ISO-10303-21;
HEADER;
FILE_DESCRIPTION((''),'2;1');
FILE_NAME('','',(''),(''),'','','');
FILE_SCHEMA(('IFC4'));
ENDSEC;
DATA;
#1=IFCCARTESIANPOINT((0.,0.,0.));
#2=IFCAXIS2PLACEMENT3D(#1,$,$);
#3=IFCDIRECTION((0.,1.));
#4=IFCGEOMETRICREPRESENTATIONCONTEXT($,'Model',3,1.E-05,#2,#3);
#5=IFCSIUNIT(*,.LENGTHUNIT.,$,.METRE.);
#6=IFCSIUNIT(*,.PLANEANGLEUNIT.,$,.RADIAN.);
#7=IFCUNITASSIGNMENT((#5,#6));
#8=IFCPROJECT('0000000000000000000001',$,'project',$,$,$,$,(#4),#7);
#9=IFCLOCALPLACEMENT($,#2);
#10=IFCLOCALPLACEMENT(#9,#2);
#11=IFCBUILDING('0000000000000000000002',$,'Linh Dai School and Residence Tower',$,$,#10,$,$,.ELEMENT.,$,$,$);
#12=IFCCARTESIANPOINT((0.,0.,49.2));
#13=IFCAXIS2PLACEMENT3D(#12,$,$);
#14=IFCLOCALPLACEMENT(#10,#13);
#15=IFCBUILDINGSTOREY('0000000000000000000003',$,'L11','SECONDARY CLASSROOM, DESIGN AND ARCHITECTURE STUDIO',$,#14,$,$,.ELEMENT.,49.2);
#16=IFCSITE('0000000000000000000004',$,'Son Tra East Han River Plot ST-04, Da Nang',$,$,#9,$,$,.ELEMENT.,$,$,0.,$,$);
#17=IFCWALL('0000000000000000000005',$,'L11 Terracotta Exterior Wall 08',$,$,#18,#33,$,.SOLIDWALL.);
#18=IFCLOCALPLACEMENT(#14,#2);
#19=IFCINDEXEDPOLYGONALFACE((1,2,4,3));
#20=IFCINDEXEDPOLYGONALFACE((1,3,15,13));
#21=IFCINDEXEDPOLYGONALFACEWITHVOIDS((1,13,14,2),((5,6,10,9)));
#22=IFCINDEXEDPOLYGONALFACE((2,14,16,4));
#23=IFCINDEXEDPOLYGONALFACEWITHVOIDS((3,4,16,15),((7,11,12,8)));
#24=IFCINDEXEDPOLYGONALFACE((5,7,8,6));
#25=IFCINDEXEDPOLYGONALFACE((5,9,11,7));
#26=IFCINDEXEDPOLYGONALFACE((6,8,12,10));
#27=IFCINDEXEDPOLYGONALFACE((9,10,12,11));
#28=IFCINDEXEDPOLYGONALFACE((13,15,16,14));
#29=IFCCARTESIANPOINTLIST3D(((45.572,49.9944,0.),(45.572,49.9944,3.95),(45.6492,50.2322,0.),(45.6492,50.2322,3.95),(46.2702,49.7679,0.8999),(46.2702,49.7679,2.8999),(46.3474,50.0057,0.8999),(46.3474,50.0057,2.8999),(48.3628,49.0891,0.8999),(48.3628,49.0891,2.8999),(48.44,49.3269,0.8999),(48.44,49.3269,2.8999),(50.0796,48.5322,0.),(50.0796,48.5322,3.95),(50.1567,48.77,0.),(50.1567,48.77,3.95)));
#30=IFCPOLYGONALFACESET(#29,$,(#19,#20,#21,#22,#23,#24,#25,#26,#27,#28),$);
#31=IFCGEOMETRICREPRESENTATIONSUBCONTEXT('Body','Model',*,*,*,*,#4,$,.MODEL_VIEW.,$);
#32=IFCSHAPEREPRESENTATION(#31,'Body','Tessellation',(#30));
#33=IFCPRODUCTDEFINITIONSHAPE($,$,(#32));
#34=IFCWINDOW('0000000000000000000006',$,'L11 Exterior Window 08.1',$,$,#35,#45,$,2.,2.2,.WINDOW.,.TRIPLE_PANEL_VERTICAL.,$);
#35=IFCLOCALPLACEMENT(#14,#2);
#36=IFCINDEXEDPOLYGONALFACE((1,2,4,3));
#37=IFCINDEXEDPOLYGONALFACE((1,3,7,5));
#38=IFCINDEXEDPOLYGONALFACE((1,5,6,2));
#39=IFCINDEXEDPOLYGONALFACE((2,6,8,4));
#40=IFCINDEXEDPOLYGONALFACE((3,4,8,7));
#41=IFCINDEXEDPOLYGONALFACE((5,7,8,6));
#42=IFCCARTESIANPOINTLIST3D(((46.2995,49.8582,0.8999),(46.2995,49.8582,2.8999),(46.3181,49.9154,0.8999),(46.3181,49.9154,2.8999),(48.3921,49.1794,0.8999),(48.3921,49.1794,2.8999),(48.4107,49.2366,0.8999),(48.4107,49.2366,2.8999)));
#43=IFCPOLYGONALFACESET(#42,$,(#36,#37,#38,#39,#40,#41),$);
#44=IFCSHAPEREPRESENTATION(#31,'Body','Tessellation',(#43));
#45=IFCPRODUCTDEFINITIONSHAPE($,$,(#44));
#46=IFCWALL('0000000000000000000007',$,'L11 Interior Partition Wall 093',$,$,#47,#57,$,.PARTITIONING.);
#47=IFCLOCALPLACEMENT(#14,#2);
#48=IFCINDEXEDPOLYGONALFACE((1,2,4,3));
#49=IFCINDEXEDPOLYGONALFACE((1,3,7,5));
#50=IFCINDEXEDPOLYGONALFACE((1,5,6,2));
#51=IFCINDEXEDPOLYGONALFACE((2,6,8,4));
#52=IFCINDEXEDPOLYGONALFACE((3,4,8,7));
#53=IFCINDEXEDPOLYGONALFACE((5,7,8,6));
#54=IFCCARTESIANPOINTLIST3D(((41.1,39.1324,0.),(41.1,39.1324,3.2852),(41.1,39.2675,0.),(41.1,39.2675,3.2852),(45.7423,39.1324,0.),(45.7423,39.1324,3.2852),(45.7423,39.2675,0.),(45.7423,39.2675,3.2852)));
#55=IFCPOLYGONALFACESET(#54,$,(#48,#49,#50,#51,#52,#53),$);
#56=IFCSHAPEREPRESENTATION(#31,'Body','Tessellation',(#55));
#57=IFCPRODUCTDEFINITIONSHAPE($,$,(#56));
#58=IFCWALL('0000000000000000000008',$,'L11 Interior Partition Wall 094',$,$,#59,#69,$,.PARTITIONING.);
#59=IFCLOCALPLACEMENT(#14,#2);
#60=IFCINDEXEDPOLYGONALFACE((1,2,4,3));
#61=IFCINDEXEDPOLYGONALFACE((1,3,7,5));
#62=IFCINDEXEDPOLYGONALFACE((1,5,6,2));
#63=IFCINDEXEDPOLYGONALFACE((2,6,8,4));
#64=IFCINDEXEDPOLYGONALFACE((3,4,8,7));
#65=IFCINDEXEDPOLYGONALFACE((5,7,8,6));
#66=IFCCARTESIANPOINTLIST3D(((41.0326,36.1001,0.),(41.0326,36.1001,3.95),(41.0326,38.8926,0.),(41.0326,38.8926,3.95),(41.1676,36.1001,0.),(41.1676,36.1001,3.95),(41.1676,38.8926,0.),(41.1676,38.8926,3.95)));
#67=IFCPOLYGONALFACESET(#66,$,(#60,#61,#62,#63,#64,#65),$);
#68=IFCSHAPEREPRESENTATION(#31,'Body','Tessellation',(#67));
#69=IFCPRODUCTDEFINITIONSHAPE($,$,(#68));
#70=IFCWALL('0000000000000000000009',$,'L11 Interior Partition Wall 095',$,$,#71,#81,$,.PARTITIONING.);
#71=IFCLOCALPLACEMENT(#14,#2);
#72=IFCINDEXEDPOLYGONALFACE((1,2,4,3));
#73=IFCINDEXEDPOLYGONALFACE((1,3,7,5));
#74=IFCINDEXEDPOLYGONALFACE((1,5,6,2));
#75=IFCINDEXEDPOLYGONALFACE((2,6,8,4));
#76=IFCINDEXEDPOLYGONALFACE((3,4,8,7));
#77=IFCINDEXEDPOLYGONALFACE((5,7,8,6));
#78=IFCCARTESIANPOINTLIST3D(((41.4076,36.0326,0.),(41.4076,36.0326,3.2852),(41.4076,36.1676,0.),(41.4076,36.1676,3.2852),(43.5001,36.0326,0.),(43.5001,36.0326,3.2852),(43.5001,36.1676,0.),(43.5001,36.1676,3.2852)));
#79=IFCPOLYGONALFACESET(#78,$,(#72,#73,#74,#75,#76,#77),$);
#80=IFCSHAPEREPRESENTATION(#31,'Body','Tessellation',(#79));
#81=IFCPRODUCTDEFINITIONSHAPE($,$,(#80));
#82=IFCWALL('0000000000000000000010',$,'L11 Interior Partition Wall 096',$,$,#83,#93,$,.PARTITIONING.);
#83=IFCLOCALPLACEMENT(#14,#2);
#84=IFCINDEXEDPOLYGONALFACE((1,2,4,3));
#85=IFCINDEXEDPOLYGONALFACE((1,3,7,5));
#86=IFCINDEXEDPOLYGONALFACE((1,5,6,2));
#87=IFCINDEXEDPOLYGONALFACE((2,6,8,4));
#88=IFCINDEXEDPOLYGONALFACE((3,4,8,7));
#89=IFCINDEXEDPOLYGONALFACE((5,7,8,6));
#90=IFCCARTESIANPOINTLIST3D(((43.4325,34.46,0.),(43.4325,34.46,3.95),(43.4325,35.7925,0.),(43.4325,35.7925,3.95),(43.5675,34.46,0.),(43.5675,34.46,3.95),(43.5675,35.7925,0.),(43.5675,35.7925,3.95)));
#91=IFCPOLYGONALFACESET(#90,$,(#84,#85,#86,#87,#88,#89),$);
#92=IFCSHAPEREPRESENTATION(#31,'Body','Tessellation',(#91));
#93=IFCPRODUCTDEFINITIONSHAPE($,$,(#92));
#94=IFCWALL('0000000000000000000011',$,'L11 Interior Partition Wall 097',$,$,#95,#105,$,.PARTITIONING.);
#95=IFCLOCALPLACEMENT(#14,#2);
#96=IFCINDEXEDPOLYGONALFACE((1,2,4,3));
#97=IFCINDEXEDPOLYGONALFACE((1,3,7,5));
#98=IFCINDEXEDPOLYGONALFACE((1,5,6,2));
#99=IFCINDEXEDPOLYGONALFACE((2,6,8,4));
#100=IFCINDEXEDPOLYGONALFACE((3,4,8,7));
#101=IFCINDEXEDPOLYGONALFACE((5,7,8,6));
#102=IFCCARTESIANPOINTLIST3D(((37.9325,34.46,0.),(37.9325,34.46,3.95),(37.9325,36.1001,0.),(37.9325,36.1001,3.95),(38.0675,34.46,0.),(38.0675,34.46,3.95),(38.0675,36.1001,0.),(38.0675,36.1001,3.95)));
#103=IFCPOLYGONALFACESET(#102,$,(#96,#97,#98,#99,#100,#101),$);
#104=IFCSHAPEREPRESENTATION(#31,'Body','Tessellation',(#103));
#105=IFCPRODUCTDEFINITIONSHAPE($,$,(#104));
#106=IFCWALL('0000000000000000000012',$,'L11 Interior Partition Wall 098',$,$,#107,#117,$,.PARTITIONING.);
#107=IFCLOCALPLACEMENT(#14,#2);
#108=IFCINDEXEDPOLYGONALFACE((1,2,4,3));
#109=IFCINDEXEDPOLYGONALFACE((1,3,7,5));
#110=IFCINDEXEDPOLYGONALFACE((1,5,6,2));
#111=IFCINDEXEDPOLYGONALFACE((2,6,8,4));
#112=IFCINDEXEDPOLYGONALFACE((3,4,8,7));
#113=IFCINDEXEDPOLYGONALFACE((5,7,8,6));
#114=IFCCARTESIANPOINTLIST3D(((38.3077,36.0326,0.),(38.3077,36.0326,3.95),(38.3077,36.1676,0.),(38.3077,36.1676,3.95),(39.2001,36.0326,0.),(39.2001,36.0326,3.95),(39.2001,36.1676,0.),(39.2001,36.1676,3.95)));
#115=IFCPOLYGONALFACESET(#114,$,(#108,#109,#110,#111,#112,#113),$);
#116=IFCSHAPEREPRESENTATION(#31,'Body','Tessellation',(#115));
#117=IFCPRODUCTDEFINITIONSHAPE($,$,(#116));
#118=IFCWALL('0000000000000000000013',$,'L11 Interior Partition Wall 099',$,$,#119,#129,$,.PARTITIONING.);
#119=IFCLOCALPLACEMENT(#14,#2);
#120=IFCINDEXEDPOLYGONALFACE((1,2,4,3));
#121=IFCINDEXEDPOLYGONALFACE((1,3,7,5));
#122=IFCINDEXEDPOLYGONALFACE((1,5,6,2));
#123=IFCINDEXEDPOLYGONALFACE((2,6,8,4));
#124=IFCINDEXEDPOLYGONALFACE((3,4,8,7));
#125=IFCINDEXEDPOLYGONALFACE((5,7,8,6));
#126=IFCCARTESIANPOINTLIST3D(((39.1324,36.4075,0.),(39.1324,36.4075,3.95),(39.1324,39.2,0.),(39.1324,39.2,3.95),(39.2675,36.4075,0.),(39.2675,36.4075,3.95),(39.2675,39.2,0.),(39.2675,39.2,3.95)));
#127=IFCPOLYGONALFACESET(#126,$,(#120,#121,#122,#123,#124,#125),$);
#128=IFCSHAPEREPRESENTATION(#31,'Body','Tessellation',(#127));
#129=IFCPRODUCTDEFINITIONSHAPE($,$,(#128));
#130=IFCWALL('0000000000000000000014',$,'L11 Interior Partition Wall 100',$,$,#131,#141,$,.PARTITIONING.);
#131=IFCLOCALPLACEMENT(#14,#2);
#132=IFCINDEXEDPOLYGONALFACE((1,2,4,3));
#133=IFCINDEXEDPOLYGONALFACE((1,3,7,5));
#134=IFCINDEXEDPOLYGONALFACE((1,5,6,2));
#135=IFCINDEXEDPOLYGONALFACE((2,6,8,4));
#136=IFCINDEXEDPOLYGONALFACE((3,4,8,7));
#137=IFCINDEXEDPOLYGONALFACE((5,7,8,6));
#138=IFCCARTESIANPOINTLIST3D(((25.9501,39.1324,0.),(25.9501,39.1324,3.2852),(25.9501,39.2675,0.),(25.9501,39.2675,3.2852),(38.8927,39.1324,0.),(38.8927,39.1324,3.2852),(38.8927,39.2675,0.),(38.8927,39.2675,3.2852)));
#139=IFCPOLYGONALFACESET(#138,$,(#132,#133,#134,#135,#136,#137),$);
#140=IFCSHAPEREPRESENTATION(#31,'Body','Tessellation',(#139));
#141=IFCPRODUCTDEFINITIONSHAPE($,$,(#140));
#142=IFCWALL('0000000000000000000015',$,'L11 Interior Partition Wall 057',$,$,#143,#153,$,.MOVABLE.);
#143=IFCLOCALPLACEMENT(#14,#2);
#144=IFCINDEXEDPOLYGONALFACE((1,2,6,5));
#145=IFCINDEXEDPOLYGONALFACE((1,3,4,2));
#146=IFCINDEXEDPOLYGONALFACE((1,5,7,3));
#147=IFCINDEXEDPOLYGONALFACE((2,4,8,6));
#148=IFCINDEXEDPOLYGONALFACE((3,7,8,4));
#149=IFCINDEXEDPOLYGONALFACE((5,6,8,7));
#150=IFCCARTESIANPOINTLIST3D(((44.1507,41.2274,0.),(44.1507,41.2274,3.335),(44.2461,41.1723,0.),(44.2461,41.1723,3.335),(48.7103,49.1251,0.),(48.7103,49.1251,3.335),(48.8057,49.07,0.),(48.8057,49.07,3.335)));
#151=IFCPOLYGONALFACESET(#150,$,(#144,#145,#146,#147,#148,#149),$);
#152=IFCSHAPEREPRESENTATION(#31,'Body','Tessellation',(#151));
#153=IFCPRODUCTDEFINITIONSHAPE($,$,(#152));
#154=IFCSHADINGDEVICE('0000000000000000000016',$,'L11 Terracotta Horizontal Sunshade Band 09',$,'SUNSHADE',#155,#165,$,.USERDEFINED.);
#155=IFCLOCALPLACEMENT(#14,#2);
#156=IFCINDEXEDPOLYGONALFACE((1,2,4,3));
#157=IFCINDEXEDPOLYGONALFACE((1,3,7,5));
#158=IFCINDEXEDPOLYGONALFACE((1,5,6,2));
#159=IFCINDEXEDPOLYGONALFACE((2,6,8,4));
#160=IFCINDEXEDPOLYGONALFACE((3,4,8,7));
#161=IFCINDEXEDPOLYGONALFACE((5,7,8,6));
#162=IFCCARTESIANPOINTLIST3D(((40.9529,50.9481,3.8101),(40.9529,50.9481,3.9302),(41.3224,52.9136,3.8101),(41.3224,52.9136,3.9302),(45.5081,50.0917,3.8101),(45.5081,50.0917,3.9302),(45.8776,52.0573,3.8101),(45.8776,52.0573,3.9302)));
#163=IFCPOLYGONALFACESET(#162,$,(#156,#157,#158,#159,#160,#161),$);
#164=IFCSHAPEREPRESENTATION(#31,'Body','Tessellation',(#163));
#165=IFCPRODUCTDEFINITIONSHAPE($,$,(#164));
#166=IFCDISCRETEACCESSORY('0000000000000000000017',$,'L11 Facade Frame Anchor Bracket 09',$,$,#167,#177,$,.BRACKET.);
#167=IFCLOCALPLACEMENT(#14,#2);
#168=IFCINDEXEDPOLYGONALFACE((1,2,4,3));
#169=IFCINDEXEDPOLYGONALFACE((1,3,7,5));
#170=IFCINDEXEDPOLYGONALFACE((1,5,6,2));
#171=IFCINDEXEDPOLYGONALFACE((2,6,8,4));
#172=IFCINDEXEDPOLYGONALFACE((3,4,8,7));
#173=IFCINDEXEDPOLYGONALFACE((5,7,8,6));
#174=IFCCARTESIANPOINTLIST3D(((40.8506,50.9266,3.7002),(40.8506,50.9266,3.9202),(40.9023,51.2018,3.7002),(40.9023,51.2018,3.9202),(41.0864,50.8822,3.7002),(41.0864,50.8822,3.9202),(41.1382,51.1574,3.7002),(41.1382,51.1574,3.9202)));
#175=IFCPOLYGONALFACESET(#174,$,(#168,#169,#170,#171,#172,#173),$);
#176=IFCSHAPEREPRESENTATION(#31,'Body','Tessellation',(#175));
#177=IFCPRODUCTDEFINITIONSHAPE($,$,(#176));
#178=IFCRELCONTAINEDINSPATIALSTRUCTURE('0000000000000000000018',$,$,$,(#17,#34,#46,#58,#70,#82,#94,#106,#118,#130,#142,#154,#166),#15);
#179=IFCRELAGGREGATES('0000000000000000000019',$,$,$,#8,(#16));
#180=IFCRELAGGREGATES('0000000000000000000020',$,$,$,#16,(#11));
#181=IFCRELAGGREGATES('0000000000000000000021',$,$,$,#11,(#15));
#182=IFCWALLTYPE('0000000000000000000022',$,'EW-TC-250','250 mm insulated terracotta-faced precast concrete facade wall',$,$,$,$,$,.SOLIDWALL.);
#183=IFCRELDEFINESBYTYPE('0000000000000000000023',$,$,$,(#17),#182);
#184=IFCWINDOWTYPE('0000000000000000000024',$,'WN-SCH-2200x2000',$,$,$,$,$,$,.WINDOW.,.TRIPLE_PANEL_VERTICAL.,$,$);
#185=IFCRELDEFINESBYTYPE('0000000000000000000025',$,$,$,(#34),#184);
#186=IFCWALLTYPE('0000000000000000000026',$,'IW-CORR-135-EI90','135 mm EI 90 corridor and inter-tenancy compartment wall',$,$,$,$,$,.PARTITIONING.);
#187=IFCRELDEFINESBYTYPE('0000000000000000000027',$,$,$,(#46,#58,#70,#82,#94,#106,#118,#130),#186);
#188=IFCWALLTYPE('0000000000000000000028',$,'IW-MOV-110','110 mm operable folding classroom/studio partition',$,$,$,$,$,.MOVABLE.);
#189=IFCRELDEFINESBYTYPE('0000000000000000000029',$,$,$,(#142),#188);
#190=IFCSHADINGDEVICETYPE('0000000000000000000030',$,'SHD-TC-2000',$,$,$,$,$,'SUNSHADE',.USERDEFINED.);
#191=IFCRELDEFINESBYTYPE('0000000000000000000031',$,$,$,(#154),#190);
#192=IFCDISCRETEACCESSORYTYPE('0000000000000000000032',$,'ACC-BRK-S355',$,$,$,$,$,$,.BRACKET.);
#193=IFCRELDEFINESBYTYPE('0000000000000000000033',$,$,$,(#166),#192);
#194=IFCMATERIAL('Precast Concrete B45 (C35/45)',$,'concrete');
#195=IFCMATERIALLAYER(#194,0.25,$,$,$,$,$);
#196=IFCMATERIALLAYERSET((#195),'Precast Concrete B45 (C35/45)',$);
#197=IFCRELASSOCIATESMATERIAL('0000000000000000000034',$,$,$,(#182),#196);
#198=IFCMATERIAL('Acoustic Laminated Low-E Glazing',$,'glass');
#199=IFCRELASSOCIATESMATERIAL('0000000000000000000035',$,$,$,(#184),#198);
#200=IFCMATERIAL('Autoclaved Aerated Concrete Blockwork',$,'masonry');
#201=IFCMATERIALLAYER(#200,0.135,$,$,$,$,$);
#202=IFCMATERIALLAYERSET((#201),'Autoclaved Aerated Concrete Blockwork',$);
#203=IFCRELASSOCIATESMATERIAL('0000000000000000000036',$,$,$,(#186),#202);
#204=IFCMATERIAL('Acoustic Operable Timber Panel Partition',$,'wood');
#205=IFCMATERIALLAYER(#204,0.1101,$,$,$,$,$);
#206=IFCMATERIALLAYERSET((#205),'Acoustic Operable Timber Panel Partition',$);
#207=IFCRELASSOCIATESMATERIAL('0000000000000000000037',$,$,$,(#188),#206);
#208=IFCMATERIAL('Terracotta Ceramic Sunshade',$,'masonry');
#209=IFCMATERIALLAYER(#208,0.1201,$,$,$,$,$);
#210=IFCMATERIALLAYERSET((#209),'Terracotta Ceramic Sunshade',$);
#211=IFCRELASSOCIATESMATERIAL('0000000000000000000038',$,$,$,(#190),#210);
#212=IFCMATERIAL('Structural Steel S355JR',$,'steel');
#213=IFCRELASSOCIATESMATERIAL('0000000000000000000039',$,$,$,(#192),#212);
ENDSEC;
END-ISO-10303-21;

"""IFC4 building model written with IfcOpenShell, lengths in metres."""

from ifc_helpers import new_model, si_unit, direction, frame, frame_2d, origin, origin_2d, place, context, subcontext, project, spatial, rectangle, extrude, source, transform, mapped, material, layer, layer_set, type_object, element, fill, save


model = new_model("IFC4")

# Units and contexts
model_context = context("Model", 3, precision=1e-05, world=origin(), true_north=direction((0.0, 1.0)))
body_context = subcontext(model_context, "Body", "Model", "MODEL_VIEW")
ifc_project = project(units=[si_unit("LENGTHUNIT", "METRE"), si_unit("PLANEANGLEUNIT", "RADIAN")], contexts=[model_context])

# Site, building, storey
site_placement = place(None, origin())
site = spatial("IfcSite", under=ifc_project, at=site_placement, Name="Son Tra East Han River Plot ST-04, Da Nang", CompositionType="ELEMENT", RefElevation=0.0)
building_placement = place(site_placement, origin())
building = spatial("IfcBuilding", under=site, at=building_placement, Name="Linh Dai School and Residence Tower", CompositionType="ELEMENT")
storey_placement = place(building_placement, frame((0.0, 0.0, 49.2)))
storey = spatial("IfcBuildingStorey", under=building, at=storey_placement, Name="L11", Description="SECONDARY CLASSROOM, DESIGN AND ARCHITECTURE STUDIO", CompositionType="ELEMENT", Elevation=49.2)

# Shared definitions
ifc_material_1 = material(Name="Structural Steel S355JR", Category="steel")

# Shared definitions
ifc_material_2 = material(Name="Precast Concrete B45 (C35/45)", Category="concrete")

# Wall, opening, window
ifc_layer_1 = layer(ifc_material_2, 0.25)
ifc_layer_set_1 = layer_set([ifc_layer_1], Name="Precast Concrete B45 (C35/45)")
wall_type_1 = type_object("IfcWallType", Name="EW-TC-250", Description="250 mm insulated terracotta-faced precast concrete facade wall", PredefinedType="SOLIDWALL", material=ifc_layer_set_1)
wall_1_placement = place(storey_placement, frame((45.6106, 50.1133, 0.0), z_axis=(0.0, 0.0, 1.0), x_axis=(0.951208, -0.308551, 0.0)))
wall_1 = element("IfcWall", 1, at=wall_1_placement, inside=storey, type_object=wall_type_1, Name="L11 Terracotta Exterior Wall 08", PredefinedType="SOLIDWALL", context=body_context, shape_type="SweptSolid", body=[
    extrude(rectangle(XDim=4.7388, YDim=0.25, at=frame_2d((2.3694, 0.0))), origin(), (0.0, 0.0, 1.0), 3.95),
])
opening_placement = place(wall_1_placement, frame((0.7339, 0.0, 0.8999)))
opening = element("IfcOpeningElement", 2, at=opening_placement, cuts=wall_1, PredefinedType="OPENING", context=body_context, shape_type="SweptSolid", body=[
    extrude(rectangle(XDim=2.2, YDim=2.0, at=origin_2d()), frame((1.1001, 0.135, 1.0), z_axis=(0.0, -1.0, 0.0), x_axis=(1.0, 0.0, 0.0)), (0.0, 0.0, 1.0), 0.27),
])
ifc_material_3 = material(Name="Acoustic Laminated Low-E Glazing", Category="glass")
window_type = type_object("IfcWindowType", Name="WN-SCH-2200x2000", PartitioningType="TRIPLE_PANEL_VERTICAL", PredefinedType="WINDOW", material=ifc_material_3)
shared_shape_1 = source(origin(), body_context, "Body", "SweptSolid", [
    extrude(rectangle(XDim=2.2, YDim=2.0, at=origin_2d()), frame((1.1001, 0.03, 1.0), z_axis=(0.0, -1.0, 0.0), x_axis=(1.0, 0.0, 0.0)), (0.0, 0.0, 1.0), 0.0601),
])
window_placement = place(opening_placement, origin())
window = element("IfcWindow", 3, at=window_placement, inside=storey, type_object=window_type, Name="L11 Exterior Window 08.1", OverallHeight=2.0, OverallWidth=2.2, PartitioningType="TRIPLE_PANEL_VERTICAL", PredefinedType="WINDOW", context=body_context, shape_type="MappedRepresentation", body=[
    mapped(shared_shape_1, transform((0.0, 0.0, 0.0), x_axis=(1.0, 0.0, 0.0), y_axis=(0.0, 1.0, 0.0), z_axis=(0.0, 0.0, 1.0), scale=1.0)),
])
fill(opening, window)

# Walls
ifc_material_4 = material(Name="Autoclaved Aerated Concrete Blockwork", Category="masonry")
ifc_layer_2 = layer(ifc_material_4, 0.135)
ifc_layer_set_2 = layer_set([ifc_layer_2], Name="Autoclaved Aerated Concrete Blockwork")
wall_type_2 = type_object("IfcWallType", Name="IW-CORR-135-EI90", Description="135 mm EI 90 corridor and inter-tenancy compartment wall", PredefinedType="PARTITIONING", material=ifc_layer_set_2)
wall_2_placement = place(storey_placement, frame((45.7424, 39.2, 0.0), z_axis=(0.0, 0.0, 1.0), x_axis=(-1.0, 0.0, 0.0)))
element("IfcWall", 4, at=wall_2_placement, inside=storey, type_object=wall_type_2, Name="L11 Interior Partition Wall 093", PredefinedType="PARTITIONING", context=body_context, shape_type="SweptSolid", body=[
    extrude(rectangle(XDim=4.6423, YDim=0.135, at=frame_2d((2.3213, 0.0))), origin(), (0.0, 0.0, 1.0), 3.2852),
])
wall_3_placement = place(storey_placement, frame((41.1001, 38.8926, 0.0), z_axis=(0.0, 0.0, 1.0), x_axis=(0.0, -1.0, 0.0)))
element("IfcWall", 5, at=wall_3_placement, inside=storey, type_object=wall_type_2, Name="L11 Interior Partition Wall 094", PredefinedType="PARTITIONING", context=body_context, shape_type="SweptSolid", body=[
    extrude(rectangle(XDim=2.7925, YDim=0.135, at=frame_2d((1.3962, 0.0))), origin(), (0.0, 0.0, 1.0), 3.95),
])
wall_4_placement = place(storey_placement, frame((41.4075, 36.1001, 0.0), z_axis=(0.0, 0.0, 1.0), x_axis=(1.0, 0.0, 0.0)))
element("IfcWall", 6, at=wall_4_placement, inside=storey, type_object=wall_type_2, Name="L11 Interior Partition Wall 095", PredefinedType="PARTITIONING", context=body_context, shape_type="SweptSolid", body=[
    extrude(rectangle(XDim=2.0925, YDim=0.135, at=frame_2d((1.0464, 0.0))), origin(), (0.0, 0.0, 1.0), 3.2852),
])
wall_5_placement = place(storey_placement, frame((43.5, 35.7925, 0.0), z_axis=(0.0, 0.0, 1.0), x_axis=(0.0, -1.0, 0.0)))
element("IfcWall", 7, at=wall_5_placement, inside=storey, type_object=wall_type_2, Name="L11 Interior Partition Wall 096", PredefinedType="PARTITIONING", context=body_context, shape_type="SweptSolid", body=[
    extrude(rectangle(XDim=1.3325, YDim=0.135, at=frame_2d((0.6663, 0.0))), origin(), (0.0, 0.0, 1.0), 3.95),
])
wall_6_placement = place(storey_placement, frame((38.0, 34.46, 0.0), z_axis=(0.0, 0.0, 1.0), x_axis=(0.0, 1.0, 0.0)))
element("IfcWall", 8, at=wall_6_placement, inside=storey, type_object=wall_type_2, Name="L11 Interior Partition Wall 097", PredefinedType="PARTITIONING", context=body_context, shape_type="SweptSolid", body=[
    extrude(rectangle(XDim=1.6401, YDim=0.135, at=frame_2d((0.8201, 0.0))), origin(), (0.0, 0.0, 1.0), 3.95),
])
wall_7_placement = place(storey_placement, frame((38.3076, 36.1001, 0.0), z_axis=(0.0, 0.0, 1.0), x_axis=(1.0, 0.0, 0.0)))
element("IfcWall", 9, at=wall_7_placement, inside=storey, type_object=wall_type_2, Name="L11 Interior Partition Wall 098", PredefinedType="PARTITIONING", context=body_context, shape_type="SweptSolid", body=[
    extrude(rectangle(XDim=0.8923, YDim=0.135, at=frame_2d((0.4463, 0.0))), origin(), (0.0, 0.0, 1.0), 3.95),
])
wall_8_placement = place(storey_placement, frame((39.2, 36.4075, 0.0), z_axis=(0.0, 0.0, 1.0), x_axis=(0.0, 1.0, 0.0)))
element("IfcWall", 10, at=wall_8_placement, inside=storey, type_object=wall_type_2, Name="L11 Interior Partition Wall 099", PredefinedType="PARTITIONING", context=body_context, shape_type="SweptSolid", body=[
    extrude(rectangle(XDim=2.7925, YDim=0.135, at=frame_2d((1.3962, 0.0))), origin(), (0.0, 0.0, 1.0), 3.95),
])
wall_9_placement = place(storey_placement, frame((38.8926, 39.2, 0.0), z_axis=(0.0, 0.0, 1.0), x_axis=(-1.0, 0.0, 0.0)))
element("IfcWall", 11, at=wall_9_placement, inside=storey, type_object=wall_type_2, Name="L11 Interior Partition Wall 100", PredefinedType="PARTITIONING", context=body_context, shape_type="SweptSolid", body=[
    extrude(rectangle(XDim=12.9426, YDim=0.135, at=frame_2d((6.4712, 0.0))), origin(), (0.0, 0.0, 1.0), 3.2852),
])
ifc_material_5 = material(Name="Acoustic Operable Timber Panel Partition", Category="wood")
ifc_layer_3 = layer(ifc_material_5, 0.1101)
ifc_layer_set_3 = layer_set([ifc_layer_3], Name="Acoustic Operable Timber Panel Partition")
wall_type_3 = type_object("IfcWallType", Name="IW-MOV-110", Description="110 mm operable folding classroom/studio partition", PredefinedType="MOVABLE", material=ifc_layer_set_3)
wall_10_placement = place(storey_placement, frame((44.1985, 41.2, 0.0), z_axis=(0.0, 0.0, 1.0), x_axis=(0.499986, 0.866034, 0.0)))
element("IfcWall", 12, at=wall_10_placement, inside=storey, type_object=wall_type_3, Name="L11 Interior Partition Wall 057", PredefinedType="MOVABLE", context=body_context, shape_type="SweptSolid", body=[
    extrude(rectangle(XDim=9.1194, YDim=0.1101, at=frame_2d((4.5596, 0.0))), origin(), (0.0, 0.0, 1.0), 3.335),
])

# Shading device
ifc_material_6 = material(Name="Terracotta Ceramic Sunshade", Category="masonry")
ifc_layer_4 = layer(ifc_material_6, 0.1201)
ifc_layer_set_4 = layer_set([ifc_layer_4], Name="Terracotta Ceramic Sunshade")
shading_device_type = type_object("IfcShadingDeviceType", Name="SHD-TC-2000", ElementType="SUNSHADE", PredefinedType="USERDEFINED", material=ifc_layer_set_4)
shared_shape_2 = source(origin(), body_context, "Body", "SweptSolid", [
    extrude(rectangle(XDim=4.635, YDim=2.0, at=origin_2d()), origin(), (0.0, 0.0, 1.0), 0.1201),
])
shading_device_placement = place(storey_placement, frame((43.4153, 51.5027, 3.8101), z_axis=(0.0, 0.0, 1.0), x_axis=(0.982786, -0.184748, 0.0)))
element("IfcShadingDevice", 13, at=shading_device_placement, inside=storey, type_object=shading_device_type, Name="L11 Terracotta Horizontal Sunshade Band 09", ObjectType="SUNSHADE", PredefinedType="USERDEFINED", context=body_context, shape_type="MappedRepresentation", body=[
    mapped(shared_shape_2, transform((0.0, 0.0, 0.0), x_axis=(1.0, 0.0, 0.0), y_axis=(0.0, 1.0, 0.0), z_axis=(0.0, 0.0, 1.0), scale=1.0)),
])

# Discrete accessory
discrete_accessory_type = type_object("IfcDiscreteAccessoryType", Name="ACC-BRK-S355", PredefinedType="BRACKET", material=ifc_material_1)
shared_shape_3 = source(origin(), body_context, "Body", "SweptSolid", [
    extrude(rectangle(XDim=0.28, YDim=0.24, at=origin_2d()), origin(), (0.0, 0.0, 1.0), 0.22),
])
discrete_accessory_placement = place(storey_placement, frame((40.9944, 51.042, 3.7002), z_axis=(0.0, 0.0, 1.0), x_axis=(0.184748, 0.982786, 0.0)))
element("IfcDiscreteAccessory", 14, at=discrete_accessory_placement, inside=storey, type_object=discrete_accessory_type, Name="L11 Facade Frame Anchor Bracket 09", PredefinedType="BRACKET", context=body_context, shape_type="MappedRepresentation", body=[
    mapped(shared_shape_3, transform((0.0, 0.0, 0.0), x_axis=(1.0, 0.0, 0.0), y_axis=(0.0, 1.0, 0.0), z_axis=(0.0, 0.0, 1.0), scale=1.0)),
])

save(model, "model.ifc")
